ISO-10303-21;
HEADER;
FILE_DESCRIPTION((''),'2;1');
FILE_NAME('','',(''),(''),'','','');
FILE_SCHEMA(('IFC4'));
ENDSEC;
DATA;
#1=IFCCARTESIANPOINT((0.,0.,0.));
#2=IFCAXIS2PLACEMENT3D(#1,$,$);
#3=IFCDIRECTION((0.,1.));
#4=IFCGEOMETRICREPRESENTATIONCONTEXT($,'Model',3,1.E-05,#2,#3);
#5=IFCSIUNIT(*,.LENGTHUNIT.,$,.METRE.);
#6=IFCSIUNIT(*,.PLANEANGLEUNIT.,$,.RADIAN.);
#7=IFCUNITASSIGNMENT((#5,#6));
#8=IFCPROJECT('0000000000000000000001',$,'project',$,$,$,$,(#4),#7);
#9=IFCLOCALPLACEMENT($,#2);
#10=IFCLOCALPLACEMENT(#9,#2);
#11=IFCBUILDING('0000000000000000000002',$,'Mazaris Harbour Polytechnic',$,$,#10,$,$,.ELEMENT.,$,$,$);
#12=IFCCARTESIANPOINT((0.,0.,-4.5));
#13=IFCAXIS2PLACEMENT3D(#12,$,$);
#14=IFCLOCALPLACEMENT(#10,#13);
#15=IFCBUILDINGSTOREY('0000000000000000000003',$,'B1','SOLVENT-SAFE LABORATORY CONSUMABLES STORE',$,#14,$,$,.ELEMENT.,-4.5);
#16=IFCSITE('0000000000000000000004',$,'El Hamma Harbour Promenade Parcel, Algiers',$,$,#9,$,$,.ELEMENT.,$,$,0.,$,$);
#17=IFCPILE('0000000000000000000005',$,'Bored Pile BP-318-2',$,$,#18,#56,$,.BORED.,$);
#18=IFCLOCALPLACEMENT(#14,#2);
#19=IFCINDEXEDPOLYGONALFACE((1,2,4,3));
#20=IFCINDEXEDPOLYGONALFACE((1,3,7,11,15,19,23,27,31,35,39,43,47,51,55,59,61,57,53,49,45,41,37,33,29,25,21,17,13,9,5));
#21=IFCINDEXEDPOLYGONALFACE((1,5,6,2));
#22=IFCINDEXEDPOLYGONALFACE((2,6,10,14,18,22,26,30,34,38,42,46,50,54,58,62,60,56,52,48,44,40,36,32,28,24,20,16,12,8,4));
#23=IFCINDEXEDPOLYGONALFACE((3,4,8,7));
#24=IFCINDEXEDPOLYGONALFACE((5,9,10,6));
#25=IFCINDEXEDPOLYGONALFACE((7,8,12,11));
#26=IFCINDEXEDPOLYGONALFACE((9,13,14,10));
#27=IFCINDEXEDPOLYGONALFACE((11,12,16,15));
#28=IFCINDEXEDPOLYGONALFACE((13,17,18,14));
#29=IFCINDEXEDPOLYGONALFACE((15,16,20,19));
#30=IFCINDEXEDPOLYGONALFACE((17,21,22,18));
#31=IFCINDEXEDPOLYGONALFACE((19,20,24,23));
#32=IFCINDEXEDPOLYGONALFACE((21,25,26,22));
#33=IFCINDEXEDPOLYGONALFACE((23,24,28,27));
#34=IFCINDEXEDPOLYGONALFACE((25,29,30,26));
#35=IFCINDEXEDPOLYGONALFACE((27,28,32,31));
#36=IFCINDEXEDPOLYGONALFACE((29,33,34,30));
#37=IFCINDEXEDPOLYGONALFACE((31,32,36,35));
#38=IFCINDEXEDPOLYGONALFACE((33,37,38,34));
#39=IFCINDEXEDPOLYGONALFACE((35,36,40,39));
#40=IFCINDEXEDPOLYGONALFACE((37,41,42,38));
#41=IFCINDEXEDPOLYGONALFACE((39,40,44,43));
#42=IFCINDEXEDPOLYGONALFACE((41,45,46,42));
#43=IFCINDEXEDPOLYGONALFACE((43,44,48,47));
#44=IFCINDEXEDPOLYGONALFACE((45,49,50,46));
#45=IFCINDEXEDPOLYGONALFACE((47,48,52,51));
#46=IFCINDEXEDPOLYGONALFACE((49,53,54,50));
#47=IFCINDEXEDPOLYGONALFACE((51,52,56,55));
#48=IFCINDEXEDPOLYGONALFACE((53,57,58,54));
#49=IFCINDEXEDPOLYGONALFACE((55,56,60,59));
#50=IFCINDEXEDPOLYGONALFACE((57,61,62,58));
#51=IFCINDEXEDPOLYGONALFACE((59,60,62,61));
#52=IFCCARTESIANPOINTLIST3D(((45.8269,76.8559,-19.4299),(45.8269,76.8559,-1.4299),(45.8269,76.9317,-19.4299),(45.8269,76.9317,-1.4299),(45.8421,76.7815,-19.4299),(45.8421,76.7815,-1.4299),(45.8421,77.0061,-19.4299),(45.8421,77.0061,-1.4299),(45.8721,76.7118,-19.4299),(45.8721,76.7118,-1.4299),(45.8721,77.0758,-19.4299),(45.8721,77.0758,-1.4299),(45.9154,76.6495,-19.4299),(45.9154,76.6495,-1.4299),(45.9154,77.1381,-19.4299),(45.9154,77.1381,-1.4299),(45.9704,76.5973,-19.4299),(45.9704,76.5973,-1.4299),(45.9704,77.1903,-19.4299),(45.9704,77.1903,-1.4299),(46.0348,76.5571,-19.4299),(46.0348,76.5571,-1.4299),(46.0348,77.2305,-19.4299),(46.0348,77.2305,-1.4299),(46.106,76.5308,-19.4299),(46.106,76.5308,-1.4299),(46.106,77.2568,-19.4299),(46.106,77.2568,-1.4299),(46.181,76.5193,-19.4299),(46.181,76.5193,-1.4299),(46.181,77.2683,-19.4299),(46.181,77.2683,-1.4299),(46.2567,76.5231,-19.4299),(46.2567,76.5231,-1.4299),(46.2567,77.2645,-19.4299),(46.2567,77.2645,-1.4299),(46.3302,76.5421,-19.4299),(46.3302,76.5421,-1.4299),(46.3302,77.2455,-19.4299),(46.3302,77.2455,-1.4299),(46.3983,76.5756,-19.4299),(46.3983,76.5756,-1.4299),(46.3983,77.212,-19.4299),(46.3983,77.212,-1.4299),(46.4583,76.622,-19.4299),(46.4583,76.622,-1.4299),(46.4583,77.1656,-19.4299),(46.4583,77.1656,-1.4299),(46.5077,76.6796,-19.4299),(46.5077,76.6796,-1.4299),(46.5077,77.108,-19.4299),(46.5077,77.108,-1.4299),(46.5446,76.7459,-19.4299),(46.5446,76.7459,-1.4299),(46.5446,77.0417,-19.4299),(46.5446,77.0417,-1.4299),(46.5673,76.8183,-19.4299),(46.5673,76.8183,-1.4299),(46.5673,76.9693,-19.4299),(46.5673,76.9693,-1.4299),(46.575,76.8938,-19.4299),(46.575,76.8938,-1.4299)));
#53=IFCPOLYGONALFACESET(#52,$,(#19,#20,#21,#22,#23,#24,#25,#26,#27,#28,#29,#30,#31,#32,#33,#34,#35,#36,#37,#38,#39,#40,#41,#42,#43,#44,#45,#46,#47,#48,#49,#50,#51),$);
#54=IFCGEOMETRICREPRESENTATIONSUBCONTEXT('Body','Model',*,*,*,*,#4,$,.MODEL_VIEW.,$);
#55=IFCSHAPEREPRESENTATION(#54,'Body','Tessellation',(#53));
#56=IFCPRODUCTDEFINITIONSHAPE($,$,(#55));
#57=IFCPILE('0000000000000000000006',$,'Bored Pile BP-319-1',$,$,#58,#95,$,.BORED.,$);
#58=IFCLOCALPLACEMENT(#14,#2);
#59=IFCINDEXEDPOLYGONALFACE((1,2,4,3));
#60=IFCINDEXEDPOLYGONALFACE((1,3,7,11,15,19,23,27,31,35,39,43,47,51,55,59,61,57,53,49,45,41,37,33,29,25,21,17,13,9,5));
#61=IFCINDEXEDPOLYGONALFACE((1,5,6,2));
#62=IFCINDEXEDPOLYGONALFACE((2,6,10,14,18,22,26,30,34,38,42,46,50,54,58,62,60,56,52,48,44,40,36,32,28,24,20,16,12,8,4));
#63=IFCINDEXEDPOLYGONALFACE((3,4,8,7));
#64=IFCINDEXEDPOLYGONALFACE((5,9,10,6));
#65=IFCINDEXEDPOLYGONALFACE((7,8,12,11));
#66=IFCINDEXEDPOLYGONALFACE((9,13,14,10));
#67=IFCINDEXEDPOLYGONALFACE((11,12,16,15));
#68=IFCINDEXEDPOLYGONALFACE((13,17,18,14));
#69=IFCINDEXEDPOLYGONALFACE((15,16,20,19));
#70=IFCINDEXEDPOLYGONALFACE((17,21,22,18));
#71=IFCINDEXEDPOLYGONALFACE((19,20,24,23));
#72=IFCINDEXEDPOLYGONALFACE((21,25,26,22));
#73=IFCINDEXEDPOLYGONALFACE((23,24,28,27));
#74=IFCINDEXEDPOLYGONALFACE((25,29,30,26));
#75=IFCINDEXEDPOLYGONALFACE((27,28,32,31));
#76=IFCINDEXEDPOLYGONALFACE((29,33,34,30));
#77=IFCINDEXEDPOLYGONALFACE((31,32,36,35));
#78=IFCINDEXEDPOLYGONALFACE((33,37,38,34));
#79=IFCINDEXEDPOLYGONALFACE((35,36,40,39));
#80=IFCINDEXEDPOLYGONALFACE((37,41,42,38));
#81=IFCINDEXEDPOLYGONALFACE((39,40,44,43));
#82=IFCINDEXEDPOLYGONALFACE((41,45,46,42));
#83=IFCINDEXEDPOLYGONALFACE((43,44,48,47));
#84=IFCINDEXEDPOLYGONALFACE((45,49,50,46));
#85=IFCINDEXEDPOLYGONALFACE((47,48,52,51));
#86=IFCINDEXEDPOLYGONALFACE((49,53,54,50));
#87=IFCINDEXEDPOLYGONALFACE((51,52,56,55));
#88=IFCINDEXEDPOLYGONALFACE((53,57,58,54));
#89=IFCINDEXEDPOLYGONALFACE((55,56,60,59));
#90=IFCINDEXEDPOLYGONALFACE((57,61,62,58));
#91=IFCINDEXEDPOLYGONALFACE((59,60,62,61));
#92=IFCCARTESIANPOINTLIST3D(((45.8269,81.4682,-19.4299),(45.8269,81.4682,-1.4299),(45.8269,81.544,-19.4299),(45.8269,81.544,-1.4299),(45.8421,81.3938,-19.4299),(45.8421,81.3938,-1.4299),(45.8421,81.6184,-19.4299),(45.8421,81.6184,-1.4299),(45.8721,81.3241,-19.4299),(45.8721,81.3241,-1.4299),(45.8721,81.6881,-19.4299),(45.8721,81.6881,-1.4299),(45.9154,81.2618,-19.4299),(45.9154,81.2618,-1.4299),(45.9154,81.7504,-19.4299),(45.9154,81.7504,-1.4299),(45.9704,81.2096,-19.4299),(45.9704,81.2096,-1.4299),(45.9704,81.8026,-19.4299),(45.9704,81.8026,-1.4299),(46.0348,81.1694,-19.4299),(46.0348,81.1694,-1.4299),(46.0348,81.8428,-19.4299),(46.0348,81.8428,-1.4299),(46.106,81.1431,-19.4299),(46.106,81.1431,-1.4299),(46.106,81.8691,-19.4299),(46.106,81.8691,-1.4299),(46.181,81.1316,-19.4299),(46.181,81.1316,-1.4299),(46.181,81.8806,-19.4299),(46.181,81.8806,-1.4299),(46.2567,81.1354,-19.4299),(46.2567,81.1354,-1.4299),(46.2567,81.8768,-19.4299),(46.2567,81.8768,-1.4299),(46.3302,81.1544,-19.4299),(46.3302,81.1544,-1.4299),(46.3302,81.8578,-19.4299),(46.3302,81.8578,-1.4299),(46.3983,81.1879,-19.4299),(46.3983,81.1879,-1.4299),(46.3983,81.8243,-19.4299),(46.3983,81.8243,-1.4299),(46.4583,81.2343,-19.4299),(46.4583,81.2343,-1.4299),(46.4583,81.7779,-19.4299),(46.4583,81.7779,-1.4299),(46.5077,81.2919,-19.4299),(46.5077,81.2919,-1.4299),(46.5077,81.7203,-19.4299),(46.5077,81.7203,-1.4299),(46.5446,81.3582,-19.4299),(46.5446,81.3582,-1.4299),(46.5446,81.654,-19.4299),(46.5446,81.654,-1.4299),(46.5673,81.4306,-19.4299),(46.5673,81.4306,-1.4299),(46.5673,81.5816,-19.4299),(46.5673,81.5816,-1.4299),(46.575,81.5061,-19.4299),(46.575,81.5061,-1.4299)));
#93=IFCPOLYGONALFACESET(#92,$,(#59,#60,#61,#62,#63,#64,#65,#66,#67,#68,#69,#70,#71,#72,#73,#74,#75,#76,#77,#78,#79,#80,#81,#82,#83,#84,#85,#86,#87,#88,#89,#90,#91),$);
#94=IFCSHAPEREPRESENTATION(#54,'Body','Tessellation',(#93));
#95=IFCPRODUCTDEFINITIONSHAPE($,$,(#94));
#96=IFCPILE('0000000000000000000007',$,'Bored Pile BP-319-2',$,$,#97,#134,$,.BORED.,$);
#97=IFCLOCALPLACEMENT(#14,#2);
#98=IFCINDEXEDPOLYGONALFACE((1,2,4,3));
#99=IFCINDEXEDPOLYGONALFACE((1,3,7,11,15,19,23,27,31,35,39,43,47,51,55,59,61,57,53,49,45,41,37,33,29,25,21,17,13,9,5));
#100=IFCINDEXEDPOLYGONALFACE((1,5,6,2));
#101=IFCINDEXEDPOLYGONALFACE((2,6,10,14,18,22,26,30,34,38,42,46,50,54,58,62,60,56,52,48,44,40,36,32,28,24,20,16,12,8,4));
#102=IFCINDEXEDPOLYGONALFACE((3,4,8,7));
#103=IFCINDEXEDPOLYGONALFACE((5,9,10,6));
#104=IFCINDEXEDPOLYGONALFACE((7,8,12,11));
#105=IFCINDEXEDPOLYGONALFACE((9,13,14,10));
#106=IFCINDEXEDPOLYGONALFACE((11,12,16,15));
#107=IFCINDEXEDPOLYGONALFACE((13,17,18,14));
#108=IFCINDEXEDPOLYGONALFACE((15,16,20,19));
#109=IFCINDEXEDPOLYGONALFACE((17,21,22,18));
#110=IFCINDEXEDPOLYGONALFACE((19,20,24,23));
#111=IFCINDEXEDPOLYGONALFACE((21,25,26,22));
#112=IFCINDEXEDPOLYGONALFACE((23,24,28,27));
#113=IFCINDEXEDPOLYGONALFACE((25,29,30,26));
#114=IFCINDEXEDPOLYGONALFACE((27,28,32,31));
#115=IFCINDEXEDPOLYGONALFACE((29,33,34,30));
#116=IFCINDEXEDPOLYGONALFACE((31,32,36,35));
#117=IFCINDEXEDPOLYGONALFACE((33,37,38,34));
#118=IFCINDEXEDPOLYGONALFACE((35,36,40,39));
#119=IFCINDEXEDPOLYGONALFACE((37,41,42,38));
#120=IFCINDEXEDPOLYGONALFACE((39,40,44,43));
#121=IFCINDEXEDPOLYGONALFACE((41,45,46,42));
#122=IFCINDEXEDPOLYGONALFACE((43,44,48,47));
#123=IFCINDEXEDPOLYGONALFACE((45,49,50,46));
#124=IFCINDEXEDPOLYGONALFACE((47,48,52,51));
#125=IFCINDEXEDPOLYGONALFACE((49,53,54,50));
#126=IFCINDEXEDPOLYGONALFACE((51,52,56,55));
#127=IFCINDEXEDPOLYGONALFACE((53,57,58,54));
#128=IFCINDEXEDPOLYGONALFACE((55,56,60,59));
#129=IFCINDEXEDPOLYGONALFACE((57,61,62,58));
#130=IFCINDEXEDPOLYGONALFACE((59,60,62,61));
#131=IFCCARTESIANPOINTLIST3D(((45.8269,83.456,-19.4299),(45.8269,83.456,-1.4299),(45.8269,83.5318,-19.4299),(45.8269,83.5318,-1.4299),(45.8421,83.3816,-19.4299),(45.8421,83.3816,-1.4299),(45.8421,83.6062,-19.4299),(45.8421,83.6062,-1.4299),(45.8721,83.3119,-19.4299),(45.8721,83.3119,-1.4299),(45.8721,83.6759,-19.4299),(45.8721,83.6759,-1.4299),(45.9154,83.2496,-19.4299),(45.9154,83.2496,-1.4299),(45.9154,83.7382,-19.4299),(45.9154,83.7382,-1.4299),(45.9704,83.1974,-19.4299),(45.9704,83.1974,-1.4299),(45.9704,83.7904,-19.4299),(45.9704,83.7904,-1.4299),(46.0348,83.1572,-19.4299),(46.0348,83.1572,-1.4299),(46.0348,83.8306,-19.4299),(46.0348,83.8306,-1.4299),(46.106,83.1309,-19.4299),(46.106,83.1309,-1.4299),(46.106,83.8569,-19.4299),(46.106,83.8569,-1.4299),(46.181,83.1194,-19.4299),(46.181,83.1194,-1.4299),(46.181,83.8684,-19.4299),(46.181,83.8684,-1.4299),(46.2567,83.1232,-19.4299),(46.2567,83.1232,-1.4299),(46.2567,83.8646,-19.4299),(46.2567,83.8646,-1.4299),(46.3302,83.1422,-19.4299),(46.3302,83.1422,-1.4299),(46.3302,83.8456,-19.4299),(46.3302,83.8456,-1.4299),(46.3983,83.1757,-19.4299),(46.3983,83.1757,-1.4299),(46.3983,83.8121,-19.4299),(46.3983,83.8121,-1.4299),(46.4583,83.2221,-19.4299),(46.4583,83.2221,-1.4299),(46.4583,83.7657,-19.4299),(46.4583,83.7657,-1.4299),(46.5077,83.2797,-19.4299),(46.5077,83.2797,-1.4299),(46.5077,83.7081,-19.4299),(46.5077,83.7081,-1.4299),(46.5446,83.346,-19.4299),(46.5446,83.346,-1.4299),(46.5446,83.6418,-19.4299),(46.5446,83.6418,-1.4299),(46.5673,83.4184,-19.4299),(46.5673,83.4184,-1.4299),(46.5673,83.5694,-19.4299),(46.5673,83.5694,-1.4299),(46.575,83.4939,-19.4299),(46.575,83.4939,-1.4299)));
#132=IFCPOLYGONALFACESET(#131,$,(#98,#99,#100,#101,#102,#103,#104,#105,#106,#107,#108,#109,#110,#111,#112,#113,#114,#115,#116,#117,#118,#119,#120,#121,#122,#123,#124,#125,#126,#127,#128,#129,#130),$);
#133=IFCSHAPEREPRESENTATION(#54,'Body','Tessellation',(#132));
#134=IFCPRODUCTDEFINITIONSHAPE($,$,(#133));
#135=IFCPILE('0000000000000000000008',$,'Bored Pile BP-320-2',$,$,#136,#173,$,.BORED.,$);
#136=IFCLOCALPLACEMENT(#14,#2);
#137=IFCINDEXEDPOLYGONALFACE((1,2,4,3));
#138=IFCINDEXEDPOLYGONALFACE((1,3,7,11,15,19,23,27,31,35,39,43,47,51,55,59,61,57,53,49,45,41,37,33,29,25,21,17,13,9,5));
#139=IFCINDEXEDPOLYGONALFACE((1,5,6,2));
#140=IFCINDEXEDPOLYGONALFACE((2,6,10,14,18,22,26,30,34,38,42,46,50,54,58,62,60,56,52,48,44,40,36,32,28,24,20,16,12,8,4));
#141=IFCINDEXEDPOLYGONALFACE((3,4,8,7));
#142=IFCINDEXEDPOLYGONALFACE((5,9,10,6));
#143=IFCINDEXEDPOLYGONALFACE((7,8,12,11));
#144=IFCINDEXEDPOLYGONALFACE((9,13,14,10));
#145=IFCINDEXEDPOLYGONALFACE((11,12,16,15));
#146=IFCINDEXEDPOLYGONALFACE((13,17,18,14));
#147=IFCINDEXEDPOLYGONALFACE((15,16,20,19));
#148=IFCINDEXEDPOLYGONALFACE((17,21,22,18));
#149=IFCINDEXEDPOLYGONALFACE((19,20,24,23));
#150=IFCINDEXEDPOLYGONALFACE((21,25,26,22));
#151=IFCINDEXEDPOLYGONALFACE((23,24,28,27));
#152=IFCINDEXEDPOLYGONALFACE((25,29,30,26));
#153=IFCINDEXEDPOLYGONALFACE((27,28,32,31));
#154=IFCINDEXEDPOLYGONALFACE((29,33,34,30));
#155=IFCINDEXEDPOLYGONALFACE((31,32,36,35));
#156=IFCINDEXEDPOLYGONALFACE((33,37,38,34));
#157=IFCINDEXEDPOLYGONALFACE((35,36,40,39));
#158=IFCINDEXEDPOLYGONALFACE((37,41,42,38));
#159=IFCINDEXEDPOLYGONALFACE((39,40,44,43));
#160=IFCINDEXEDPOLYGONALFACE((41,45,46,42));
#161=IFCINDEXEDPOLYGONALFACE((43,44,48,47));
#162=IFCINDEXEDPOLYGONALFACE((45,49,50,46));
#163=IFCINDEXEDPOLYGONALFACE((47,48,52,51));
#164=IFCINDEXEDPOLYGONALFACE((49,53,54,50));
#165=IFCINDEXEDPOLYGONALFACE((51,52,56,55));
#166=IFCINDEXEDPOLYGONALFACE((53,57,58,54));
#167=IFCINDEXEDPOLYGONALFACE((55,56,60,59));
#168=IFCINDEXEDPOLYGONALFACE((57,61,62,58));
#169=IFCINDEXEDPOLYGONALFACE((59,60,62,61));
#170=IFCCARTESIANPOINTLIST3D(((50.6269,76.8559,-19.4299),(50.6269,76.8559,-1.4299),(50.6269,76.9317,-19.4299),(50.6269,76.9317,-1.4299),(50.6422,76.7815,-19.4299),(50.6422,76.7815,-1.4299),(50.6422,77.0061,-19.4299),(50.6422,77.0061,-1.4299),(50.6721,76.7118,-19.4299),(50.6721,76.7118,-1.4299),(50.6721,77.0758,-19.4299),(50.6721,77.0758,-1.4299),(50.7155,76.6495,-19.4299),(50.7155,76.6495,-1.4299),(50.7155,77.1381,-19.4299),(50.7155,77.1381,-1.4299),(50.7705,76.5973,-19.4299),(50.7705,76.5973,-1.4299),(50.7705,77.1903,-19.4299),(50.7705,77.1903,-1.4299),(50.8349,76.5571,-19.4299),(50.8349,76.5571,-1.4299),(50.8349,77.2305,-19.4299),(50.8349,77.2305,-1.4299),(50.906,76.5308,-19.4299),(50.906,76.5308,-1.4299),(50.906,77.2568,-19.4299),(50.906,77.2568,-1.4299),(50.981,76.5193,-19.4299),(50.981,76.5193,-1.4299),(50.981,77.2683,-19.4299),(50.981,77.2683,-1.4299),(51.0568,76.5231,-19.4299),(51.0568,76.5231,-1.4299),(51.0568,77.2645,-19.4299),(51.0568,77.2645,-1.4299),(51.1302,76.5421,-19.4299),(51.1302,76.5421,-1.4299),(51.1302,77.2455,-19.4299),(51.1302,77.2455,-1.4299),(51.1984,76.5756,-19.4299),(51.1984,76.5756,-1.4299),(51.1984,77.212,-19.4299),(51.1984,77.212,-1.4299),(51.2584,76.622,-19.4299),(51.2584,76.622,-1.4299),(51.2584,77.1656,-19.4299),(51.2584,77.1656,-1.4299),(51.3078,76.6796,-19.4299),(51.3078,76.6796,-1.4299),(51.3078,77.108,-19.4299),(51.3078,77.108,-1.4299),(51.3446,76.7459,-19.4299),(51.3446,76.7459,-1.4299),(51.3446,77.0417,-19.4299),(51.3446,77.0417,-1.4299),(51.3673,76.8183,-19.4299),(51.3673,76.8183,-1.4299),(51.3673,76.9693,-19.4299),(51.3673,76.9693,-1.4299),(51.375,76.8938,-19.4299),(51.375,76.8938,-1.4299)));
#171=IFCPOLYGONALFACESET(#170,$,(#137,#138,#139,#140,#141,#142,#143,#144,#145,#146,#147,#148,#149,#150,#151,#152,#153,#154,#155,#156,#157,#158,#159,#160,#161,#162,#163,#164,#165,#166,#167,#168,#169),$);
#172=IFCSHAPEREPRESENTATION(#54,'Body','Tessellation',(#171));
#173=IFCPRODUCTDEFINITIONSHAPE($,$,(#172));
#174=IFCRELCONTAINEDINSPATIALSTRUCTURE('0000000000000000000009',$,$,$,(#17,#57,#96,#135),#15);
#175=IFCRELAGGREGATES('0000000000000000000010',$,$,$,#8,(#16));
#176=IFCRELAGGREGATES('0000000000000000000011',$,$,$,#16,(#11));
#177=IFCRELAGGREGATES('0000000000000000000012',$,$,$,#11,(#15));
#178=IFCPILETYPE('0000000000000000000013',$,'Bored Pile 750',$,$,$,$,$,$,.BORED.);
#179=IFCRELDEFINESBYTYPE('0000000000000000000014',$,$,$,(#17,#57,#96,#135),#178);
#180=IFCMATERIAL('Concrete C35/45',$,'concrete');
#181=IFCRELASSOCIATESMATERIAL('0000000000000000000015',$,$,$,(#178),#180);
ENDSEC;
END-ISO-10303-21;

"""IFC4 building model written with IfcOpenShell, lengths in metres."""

from ifc_helpers import new_model, si_unit, direction, frame, origin, origin_2d, place, context, subcontext, project, spatial, circle, extrude, material, material_profile, profile_set, type_object, element, save


model = new_model("IFC4")

# Units and contexts
model_context = context("Model", 3, precision=1e-05, world=origin(), true_north=direction((0.0, 1.0)))
body_context = subcontext(model_context, "Body", "Model", "MODEL_VIEW")
ifc_project = project(units=[si_unit("LENGTHUNIT", "METRE"), si_unit("PLANEANGLEUNIT", "RADIAN")], contexts=[model_context])

# Site, building, storey
site_placement = place(None, origin())
site = spatial("IfcSite", under=ifc_project, at=site_placement, Name="El Hamma Harbour Promenade Parcel, Algiers", CompositionType="ELEMENT", RefElevation=0.0)
building_placement = place(site_placement, origin())
building = spatial("IfcBuilding", under=site, at=building_placement, Name="Mazaris Harbour Polytechnic", CompositionType="ELEMENT")
storey_placement = place(building_placement, frame((0.0, 0.0, -4.5)))
storey = spatial("IfcBuildingStorey", under=building, at=storey_placement, Name="B1", Description="SOLVENT-SAFE LABORATORY CONSUMABLES STORE", CompositionType="ELEMENT", Elevation=-4.5)

# Piles
ifc_material_1 = material(Name="Concrete C35/45", Category="concrete")
ifc_material_profile_1 = material_profile(ifc_material_1, circle(Radius=0.375, at=origin_2d()), Name="DIA750")
ifc_profile_set_1 = profile_set([ifc_material_profile_1], Name="Concrete C35/45")
pile_type_1 = type_object("IfcPileType", Name="Bored Pile 750", PredefinedType="BORED", material=ifc_profile_set_1)
for number, where, z_axis, x_axis, name in (
    (1, (46.2, 76.8938, -1.4299), (0.0, 0.0, -1.0), (1.0, 0.0, 0.0), "Bored Pile BP-318-2"),
    (2, (46.2, 81.5061, -1.4299), (0.0, 0.0, -1.0), (1.0, 0.0, 0.0), "Bored Pile BP-319-1"),
    (3, (46.2, 83.4939, -1.4299), (0.0, 0.0, -1.0), (1.0, 0.0, 0.0), "Bored Pile BP-319-2"),
    (4, (51.0, 76.8938, -1.4299), (0.0, 0.0, -1.0), (1.0, 0.0, 0.0), "Bored Pile BP-320-2"),
):
    element("IfcPile", number, at=place(storey_placement, frame(where, z_axis=z_axis, x_axis=x_axis)), inside=storey, type_object=pile_type_1, Name=name, PredefinedType="BORED", context=body_context, shape_type="SweptSolid", body=[
        extrude(circle(Radius=0.375, at=origin_2d()), origin(), (0.0, 0.0, 1.0), 18.0),
    ])

save(model, "model.ifc")
